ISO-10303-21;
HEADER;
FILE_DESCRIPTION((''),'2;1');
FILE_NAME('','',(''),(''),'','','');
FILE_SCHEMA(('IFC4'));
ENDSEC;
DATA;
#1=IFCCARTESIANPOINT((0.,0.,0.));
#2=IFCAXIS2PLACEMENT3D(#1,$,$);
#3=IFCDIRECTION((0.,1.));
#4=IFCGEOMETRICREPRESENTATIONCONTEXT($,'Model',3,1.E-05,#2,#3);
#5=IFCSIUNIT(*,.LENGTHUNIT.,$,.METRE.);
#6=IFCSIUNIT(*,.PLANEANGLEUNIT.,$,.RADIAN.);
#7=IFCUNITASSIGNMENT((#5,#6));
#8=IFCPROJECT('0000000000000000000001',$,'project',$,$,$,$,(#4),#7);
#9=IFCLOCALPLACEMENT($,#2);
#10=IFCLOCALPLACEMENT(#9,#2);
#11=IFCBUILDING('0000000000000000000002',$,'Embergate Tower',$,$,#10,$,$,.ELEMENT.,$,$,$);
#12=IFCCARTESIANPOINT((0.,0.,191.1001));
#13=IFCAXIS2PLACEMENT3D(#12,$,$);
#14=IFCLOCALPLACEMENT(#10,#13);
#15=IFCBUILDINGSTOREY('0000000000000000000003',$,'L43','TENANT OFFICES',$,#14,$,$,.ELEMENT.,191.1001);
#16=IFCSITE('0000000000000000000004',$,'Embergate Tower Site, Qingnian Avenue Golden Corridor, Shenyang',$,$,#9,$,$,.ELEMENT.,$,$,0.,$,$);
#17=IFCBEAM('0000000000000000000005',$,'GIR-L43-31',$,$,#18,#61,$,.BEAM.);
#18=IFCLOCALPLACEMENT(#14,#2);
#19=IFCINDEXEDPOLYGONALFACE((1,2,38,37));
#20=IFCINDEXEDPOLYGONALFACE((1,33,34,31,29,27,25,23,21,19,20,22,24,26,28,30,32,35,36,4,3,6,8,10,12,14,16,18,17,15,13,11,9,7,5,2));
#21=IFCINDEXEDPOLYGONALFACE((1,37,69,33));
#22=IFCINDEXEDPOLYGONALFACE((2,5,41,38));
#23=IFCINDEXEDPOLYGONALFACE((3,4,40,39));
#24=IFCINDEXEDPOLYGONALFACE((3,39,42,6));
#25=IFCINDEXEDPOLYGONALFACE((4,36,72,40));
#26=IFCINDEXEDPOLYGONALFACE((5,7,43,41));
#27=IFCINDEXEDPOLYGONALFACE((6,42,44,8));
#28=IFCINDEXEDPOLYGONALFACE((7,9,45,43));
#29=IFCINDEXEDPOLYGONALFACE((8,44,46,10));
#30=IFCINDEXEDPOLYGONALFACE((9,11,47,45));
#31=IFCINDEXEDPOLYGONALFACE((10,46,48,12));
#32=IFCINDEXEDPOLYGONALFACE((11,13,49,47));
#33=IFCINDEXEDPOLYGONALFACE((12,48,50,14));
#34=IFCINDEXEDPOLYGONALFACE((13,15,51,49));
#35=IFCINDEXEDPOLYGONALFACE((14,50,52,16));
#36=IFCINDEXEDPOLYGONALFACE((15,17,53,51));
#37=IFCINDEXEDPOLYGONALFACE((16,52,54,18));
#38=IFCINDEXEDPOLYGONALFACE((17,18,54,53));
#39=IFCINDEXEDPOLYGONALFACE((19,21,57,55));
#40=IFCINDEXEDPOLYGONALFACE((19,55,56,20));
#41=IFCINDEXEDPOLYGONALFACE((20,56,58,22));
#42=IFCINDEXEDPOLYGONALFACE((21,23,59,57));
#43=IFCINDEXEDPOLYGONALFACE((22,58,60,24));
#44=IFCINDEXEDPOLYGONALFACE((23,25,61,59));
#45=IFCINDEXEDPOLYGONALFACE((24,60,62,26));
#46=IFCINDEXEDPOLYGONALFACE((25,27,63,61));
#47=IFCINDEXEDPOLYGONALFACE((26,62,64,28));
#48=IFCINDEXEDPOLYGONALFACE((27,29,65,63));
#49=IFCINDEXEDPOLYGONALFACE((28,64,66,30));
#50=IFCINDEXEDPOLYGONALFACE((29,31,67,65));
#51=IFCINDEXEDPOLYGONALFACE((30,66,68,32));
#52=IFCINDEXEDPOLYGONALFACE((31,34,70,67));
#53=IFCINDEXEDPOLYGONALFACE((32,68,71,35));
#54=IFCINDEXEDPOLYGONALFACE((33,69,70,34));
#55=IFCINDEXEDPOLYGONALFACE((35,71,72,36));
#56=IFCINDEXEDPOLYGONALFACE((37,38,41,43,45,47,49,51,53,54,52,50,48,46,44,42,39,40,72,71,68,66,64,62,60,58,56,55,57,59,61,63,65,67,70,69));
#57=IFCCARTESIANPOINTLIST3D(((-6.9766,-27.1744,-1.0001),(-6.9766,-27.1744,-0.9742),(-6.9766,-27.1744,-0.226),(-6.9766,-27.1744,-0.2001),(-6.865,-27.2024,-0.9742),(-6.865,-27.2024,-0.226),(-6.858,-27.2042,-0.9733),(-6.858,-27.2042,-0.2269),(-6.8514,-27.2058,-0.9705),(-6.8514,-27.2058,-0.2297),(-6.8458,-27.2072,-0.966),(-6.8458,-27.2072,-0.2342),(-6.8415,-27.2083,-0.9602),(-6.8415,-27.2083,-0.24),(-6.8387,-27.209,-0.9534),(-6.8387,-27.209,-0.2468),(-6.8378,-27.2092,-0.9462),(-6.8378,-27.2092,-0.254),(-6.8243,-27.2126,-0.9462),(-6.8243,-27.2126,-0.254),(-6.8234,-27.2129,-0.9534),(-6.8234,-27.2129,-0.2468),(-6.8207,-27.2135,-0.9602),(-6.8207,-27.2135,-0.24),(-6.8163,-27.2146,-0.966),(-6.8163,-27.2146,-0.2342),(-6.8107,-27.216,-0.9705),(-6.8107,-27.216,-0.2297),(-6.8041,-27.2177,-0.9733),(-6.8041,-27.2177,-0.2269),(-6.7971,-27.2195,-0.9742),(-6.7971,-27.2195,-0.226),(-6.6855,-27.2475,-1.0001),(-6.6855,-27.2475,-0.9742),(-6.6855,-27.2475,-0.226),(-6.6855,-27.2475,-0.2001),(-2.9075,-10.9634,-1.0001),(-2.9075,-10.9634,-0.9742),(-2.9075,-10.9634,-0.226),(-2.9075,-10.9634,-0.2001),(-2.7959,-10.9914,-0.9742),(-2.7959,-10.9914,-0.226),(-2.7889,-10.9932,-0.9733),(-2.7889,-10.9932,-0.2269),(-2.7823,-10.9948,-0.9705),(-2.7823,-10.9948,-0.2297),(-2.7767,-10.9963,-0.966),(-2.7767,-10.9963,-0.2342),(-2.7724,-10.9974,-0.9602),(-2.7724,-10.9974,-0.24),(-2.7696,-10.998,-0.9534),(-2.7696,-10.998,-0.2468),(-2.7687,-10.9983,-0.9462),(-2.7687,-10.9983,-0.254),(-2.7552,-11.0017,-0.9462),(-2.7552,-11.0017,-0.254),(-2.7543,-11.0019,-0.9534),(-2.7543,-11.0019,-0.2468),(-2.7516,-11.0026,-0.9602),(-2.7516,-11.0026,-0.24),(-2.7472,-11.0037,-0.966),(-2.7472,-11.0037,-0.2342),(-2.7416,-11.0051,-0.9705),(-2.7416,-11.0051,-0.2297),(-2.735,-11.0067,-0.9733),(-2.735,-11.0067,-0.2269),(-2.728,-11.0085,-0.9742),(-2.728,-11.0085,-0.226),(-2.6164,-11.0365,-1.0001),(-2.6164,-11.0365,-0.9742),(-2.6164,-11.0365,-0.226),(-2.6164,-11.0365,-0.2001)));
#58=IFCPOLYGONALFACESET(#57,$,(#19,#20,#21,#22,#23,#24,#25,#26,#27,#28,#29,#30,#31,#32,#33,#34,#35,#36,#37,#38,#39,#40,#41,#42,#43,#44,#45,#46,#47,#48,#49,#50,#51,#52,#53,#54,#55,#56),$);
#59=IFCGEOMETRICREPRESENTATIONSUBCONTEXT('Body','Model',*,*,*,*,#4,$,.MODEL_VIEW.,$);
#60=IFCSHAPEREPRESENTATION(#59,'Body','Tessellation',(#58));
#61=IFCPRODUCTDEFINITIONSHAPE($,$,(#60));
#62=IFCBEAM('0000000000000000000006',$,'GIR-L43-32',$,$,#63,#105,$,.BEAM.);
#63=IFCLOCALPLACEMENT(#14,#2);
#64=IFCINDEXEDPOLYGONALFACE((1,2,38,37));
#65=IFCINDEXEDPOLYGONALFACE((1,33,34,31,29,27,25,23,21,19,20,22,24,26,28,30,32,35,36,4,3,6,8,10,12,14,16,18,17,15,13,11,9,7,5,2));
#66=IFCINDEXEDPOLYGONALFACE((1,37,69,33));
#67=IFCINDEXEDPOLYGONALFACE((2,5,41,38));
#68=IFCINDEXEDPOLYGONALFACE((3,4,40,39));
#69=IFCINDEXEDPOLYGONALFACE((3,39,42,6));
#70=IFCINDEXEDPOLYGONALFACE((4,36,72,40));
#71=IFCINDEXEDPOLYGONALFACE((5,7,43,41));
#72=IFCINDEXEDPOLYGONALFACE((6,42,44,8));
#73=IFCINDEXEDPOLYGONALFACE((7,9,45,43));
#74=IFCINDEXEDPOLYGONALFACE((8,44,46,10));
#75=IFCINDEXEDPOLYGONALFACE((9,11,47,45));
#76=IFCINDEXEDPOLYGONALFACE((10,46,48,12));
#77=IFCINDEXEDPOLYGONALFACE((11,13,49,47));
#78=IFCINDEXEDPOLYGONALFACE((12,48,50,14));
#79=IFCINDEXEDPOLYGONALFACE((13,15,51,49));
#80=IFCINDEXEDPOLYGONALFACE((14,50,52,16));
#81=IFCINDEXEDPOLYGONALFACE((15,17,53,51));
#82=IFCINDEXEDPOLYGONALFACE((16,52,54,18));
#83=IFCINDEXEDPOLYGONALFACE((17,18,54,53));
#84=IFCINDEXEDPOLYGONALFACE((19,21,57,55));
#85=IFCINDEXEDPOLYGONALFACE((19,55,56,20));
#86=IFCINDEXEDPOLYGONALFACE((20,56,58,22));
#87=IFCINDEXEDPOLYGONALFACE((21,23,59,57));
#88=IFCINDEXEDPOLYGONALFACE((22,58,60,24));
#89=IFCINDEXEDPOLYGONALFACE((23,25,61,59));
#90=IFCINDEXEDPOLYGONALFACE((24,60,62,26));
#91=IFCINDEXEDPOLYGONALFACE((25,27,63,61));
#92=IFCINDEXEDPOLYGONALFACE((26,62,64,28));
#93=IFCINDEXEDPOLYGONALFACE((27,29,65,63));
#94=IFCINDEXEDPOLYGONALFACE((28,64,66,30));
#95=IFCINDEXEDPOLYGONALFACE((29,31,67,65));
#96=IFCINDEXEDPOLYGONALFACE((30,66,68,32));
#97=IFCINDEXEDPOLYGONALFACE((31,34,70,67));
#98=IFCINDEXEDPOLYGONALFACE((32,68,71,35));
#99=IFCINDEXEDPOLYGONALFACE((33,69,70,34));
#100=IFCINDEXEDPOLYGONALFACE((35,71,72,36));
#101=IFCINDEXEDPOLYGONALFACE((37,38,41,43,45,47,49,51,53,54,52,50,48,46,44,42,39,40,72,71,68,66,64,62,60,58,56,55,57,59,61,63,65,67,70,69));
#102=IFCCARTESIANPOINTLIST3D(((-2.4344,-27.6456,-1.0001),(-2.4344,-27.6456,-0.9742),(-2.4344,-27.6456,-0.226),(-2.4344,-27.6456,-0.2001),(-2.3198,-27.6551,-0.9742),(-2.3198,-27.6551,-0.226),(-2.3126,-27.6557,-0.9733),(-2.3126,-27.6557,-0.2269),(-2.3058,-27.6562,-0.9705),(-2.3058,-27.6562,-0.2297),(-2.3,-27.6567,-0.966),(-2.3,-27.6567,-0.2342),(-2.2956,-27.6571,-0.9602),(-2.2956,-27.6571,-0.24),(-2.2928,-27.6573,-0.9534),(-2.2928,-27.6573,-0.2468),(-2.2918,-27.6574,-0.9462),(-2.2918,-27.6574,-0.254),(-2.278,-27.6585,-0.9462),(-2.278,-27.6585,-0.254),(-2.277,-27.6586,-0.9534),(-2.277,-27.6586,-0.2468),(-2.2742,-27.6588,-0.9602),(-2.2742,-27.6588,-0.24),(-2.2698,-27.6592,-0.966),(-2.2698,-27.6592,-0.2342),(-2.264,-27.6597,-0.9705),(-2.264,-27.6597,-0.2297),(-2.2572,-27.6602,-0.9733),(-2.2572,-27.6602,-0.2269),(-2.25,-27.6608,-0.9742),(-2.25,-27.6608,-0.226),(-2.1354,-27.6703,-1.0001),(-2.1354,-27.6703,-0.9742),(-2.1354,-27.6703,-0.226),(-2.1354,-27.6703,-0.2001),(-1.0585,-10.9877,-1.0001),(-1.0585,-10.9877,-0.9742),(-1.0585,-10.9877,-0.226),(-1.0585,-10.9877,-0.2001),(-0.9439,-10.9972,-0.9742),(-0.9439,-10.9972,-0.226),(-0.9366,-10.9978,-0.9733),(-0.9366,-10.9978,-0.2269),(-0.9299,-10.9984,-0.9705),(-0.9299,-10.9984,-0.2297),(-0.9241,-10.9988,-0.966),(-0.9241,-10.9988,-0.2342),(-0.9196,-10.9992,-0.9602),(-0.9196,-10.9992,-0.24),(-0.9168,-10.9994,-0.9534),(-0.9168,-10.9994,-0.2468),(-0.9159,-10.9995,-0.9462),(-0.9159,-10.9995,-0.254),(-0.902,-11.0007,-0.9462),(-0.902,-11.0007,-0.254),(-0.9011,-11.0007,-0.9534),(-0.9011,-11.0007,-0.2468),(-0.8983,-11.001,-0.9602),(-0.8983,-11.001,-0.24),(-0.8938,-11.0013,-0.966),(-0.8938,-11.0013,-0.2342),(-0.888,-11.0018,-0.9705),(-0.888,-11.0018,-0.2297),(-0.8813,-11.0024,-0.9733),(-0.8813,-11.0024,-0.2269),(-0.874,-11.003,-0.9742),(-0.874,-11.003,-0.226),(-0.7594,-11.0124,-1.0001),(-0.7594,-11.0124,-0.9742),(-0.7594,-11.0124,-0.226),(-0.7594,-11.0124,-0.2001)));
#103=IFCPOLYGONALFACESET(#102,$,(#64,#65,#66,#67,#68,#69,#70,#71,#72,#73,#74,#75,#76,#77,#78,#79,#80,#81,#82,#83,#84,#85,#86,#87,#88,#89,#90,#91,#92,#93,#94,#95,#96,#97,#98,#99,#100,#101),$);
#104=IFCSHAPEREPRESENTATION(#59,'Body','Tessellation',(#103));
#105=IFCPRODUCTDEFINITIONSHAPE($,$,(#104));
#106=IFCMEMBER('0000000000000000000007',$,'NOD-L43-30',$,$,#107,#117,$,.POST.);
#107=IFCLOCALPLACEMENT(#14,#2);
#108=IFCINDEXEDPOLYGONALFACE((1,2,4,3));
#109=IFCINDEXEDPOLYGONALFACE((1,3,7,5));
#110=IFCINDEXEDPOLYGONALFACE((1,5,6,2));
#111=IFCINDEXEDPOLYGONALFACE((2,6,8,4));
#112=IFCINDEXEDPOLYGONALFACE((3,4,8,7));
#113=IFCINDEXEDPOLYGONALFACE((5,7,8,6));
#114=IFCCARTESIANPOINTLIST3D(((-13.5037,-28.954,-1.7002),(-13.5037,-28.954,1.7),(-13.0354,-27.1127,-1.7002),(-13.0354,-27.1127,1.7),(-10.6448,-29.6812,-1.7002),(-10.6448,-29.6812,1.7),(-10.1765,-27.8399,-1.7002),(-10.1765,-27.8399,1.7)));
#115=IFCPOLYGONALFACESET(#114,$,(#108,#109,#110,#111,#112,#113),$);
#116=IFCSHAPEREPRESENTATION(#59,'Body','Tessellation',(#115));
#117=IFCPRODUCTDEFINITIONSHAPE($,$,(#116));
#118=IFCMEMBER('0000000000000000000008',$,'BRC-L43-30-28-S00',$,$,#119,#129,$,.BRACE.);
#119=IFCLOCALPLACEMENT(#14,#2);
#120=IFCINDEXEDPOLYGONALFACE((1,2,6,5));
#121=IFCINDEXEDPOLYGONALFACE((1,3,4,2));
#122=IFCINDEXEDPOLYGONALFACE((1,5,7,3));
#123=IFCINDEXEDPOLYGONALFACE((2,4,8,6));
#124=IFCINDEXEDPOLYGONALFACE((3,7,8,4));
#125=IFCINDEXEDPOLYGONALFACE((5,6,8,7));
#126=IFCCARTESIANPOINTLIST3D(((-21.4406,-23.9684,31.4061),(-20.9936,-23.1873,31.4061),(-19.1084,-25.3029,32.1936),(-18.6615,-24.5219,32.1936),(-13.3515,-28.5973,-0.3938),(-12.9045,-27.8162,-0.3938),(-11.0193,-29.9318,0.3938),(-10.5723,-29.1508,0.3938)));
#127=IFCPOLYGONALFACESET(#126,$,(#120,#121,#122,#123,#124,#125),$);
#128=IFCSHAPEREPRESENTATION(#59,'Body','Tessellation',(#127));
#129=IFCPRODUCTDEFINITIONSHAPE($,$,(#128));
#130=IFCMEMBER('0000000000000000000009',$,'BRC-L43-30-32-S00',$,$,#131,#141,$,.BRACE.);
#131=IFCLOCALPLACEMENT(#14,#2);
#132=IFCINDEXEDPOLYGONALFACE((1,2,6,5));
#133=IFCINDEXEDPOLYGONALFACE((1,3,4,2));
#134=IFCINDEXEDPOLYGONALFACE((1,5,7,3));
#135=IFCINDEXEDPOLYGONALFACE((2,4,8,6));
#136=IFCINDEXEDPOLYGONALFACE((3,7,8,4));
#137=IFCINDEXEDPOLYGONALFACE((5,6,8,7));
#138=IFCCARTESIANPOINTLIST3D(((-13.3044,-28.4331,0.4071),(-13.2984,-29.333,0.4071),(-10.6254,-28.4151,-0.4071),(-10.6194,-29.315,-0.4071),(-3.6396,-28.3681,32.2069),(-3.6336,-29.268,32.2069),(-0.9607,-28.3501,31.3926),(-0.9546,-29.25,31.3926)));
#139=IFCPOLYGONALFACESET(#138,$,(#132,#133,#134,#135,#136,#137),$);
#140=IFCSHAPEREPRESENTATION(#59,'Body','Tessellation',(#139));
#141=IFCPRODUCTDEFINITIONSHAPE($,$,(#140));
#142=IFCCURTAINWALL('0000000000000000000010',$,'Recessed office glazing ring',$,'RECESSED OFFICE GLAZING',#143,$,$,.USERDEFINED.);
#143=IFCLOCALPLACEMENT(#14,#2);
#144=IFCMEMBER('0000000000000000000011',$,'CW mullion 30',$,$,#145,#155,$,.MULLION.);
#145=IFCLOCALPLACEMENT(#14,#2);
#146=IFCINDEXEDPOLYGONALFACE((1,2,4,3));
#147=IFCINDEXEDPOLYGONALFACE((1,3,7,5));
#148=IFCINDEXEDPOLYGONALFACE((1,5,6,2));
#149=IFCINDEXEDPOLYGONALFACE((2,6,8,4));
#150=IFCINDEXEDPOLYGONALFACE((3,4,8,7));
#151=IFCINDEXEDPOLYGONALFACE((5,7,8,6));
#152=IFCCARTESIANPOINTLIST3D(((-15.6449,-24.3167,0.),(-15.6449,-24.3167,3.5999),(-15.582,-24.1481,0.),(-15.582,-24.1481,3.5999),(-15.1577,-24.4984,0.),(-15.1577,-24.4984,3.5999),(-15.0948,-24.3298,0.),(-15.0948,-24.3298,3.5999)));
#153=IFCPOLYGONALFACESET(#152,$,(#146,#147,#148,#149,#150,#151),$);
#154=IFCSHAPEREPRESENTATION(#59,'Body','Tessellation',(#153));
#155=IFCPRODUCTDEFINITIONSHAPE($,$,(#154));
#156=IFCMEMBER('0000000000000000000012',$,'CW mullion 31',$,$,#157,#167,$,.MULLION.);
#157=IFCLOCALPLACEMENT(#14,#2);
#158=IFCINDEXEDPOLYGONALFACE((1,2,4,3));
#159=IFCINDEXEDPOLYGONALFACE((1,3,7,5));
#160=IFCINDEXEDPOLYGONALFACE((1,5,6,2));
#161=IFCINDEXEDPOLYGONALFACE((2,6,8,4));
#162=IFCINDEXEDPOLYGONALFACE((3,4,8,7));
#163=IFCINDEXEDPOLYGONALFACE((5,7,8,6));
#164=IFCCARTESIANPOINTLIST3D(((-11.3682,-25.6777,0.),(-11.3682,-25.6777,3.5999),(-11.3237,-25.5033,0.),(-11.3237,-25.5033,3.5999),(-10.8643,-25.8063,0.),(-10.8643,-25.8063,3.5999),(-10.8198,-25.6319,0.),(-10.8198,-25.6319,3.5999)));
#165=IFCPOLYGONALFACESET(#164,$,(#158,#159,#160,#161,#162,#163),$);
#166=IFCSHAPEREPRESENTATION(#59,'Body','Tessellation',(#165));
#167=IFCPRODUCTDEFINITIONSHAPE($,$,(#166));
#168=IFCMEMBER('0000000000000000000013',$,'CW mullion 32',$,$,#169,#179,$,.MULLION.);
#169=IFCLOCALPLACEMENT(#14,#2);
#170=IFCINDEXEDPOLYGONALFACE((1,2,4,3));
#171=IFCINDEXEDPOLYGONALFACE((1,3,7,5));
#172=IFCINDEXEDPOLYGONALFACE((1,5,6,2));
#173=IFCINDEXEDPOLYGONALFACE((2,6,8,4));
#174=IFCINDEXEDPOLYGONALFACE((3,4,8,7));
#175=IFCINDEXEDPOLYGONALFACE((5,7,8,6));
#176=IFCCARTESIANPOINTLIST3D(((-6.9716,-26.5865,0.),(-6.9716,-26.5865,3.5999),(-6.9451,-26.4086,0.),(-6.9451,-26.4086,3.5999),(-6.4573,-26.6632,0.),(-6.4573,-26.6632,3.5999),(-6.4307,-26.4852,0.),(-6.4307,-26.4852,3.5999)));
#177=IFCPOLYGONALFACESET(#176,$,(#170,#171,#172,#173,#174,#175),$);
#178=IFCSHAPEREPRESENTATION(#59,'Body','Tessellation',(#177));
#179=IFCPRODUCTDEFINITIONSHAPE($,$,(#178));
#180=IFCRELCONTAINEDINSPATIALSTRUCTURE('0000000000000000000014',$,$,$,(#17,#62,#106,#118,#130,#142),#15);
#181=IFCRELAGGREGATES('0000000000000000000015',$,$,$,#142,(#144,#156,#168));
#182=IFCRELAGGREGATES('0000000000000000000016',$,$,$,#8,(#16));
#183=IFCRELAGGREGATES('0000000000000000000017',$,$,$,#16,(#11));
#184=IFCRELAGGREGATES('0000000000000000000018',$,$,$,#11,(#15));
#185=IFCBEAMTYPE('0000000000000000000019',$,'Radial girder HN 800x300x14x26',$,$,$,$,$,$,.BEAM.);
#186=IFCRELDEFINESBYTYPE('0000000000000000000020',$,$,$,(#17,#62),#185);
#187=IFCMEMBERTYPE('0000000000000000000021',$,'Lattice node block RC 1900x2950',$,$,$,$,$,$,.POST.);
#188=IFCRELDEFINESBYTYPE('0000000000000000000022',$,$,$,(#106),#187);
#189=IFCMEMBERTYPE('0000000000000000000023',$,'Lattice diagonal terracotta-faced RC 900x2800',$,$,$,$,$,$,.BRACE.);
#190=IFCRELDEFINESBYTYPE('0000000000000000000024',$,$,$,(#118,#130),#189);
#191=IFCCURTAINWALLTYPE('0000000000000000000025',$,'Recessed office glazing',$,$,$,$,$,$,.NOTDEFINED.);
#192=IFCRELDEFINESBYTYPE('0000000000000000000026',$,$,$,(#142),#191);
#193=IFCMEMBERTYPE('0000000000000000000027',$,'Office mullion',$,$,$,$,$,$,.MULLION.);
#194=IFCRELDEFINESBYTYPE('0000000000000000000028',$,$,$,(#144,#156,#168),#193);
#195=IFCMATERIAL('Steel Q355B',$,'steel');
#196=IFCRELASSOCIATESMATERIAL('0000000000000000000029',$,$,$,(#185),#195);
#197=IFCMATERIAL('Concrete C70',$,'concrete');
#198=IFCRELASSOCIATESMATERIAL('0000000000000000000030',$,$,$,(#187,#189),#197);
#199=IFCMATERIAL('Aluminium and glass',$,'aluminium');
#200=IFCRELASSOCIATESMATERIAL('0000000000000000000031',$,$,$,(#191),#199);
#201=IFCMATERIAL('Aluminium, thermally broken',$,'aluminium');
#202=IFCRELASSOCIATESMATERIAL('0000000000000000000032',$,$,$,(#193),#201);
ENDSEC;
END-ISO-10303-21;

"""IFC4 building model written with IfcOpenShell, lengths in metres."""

from ifc_helpers import new_model, si_unit, direction, frame, origin, origin_2d, place, context, subcontext, project, spatial, rectangle, i_section, extrude, source, transform, mapped, material, material_profile, profile_set, type_object, element, aggregate, save


model = new_model("IFC4")

# Units and contexts
model_context = context("Model", 3, precision=1e-05, world=origin(), true_north=direction((0.0, 1.0)))
body_context = subcontext(model_context, "Body", "Model", "MODEL_VIEW")
ifc_project = project(units=[si_unit("LENGTHUNIT", "METRE"), si_unit("PLANEANGLEUNIT", "RADIAN")], contexts=[model_context])

# Site, building, storey
site_placement = place(None, origin())
site = spatial("IfcSite", under=ifc_project, at=site_placement, Name="Embergate Tower Site, Qingnian Avenue Golden Corridor, Shenyang", CompositionType="ELEMENT", RefElevation=0.0)
building_placement = place(site_placement, origin())
building = spatial("IfcBuilding", under=site, at=building_placement, Name="Embergate Tower", CompositionType="ELEMENT")
storey_placement = place(building_placement, frame((0.0, 0.0, 191.1001)))
storey = spatial("IfcBuildingStorey", under=building, at=storey_placement, Name="L43", Description="TENANT OFFICES", CompositionType="ELEMENT", Elevation=191.1001)

# Shared definitions
ifc_material_1 = material(Name="Concrete C70", Category="concrete")

# Beams
ifc_material_2 = material(Name="Steel Q355B", Category="steel")
ifc_material_profile_1 = material_profile(ifc_material_2, i_section(OverallWidth=0.3, OverallDepth=0.8, WebThickness=0.0139, FlangeThickness=0.0259, FilletRadius=0.0281, at=origin_2d()), Name="HN 800x300x14x26")
ifc_profile_set_1 = profile_set([ifc_material_profile_1], Name="Steel Q355 grade B")
beam_type_1 = type_object("IfcBeamType", Name="Radial girder HN 800x300x14x26", PredefinedType="BEAM", material=ifc_profile_set_1)
shared_shape_1 = source(origin(), body_context, "Body", "SweptSolid", [
    extrude(i_section(OverallWidth=0.3, OverallDepth=0.8, WebThickness=0.0139, FlangeThickness=0.0259, FilletRadius=0.0281, at=origin_2d()), origin(), (0.0, 0.0, 1.0), 16.7139),
])
beam_1_placement = place(storey_placement, frame((-6.8311, -27.2109, -0.6001), z_axis=(0.243457, 0.969912, 0.0), x_axis=(-0.969912, 0.243457, 0.0)))
element("IfcBeam", 1, at=beam_1_placement, inside=storey, type_object=beam_type_1, Name="GIR-L43-31", PredefinedType="BEAM", context=body_context, shape_type="MappedRepresentation", body=[
    mapped(shared_shape_1, transform((0.0, 0.0, 0.0))),
])
shared_shape_2 = source(origin(), body_context, "Body", "SweptSolid", [
    extrude(i_section(OverallWidth=0.3, OverallDepth=0.8, WebThickness=0.0139, FlangeThickness=0.0259, FilletRadius=0.0281, at=origin_2d()), origin(), (0.0, 0.0, 1.0), 16.7146),
])
beam_2_placement = place(storey_placement, frame((-2.2849, -27.658, -0.6001), z_axis=(0.082321, 0.996606, 0.0), x_axis=(-0.996606, 0.082321, 0.0)))
element("IfcBeam", 2, at=beam_2_placement, inside=storey, type_object=beam_type_1, Name="GIR-L43-32", PredefinedType="BEAM", context=body_context, shape_type="MappedRepresentation", body=[
    mapped(shared_shape_2, transform((0.0, 0.0, 0.0))),
])

# Members
ifc_material_profile_2 = material_profile(ifc_material_1, rectangle(XDim=1.8999, YDim=2.95, at=origin_2d()), Name="RC 1900x2950")
ifc_profile_set_2 = profile_set([ifc_material_profile_2], Name="Concrete C70")
member_type_1 = type_object("IfcMemberType", Name="Lattice node block RC 1900x2950", PredefinedType="POST", material=ifc_profile_set_2)
shared_shape_3 = source(origin(), body_context, "Body", "SweptSolid", [
    extrude(rectangle(XDim=1.8999, YDim=2.95, at=origin_2d()), origin(), (0.0, 0.0, 1.0), 3.4001),
])
member_1_placement = place(storey_placement, frame((-11.8401, -28.397, -1.7002), z_axis=(0.0, 0.0, 1.0), x_axis=(-0.246509, -0.969141, 0.0)))
element("IfcMember", 3, at=member_1_placement, inside=storey, type_object=member_type_1, Name="NOD-L43-30", PredefinedType="POST", context=body_context, shape_type="MappedRepresentation", body=[
    mapped(shared_shape_3, transform((0.0, 0.0, 0.0))),
])
ifc_material_profile_3 = material_profile(ifc_material_1, rectangle(XDim=0.8999, YDim=2.8, at=origin_2d()), Name="RC 900x2800")
ifc_profile_set_3 = profile_set([ifc_material_profile_3], Name="Concrete C70")
member_type_2 = type_object("IfcMemberType", Name="Lattice diagonal terracotta-faced RC 900x2800", PredefinedType="BRACE", material=ifc_profile_set_3)
shared_shape_4 = source(origin(), body_context, "Body", "SweptSolid", [
    extrude(rectangle(XDim=0.8999, YDim=2.8, at=origin_2d()), origin(), (0.0, 0.0, 1.0), 33.1375),
])
member_2_placement = place(storey_placement, frame((-11.9619, -28.874, 0.0), z_axis=(-0.244108, 0.139688, 0.959635), x_axis=(-0.496669, -0.86794, 0.0)))
element("IfcMember", 4, at=member_2_placement, inside=storey, type_object=member_type_2, Name="BRC-L43-30-28-S00", PredefinedType="BRACE", context=body_context, shape_type="MappedRepresentation", body=[
    mapped(shared_shape_4, transform((0.0, 0.0, 0.0))),
])
shared_shape_5 = source(origin(), body_context, "Body", "SweptSolid", [
    extrude(rectangle(XDim=0.8999, YDim=2.8, at=origin_2d()), origin(), (0.0, 0.0, 1.0), 33.2361),
])
member_3_placement = place(storey_placement, frame((-11.9619, -28.874, 0.0), z_axis=(0.290792, 0.001954, 0.956784), x_axis=(-0.006719, 0.999977, 0.0)))
element("IfcMember", 5, at=member_3_placement, inside=storey, type_object=member_type_2, Name="BRC-L43-30-32-S00", PredefinedType="BRACE", context=body_context, shape_type="MappedRepresentation", body=[
    mapped(shared_shape_5, transform((0.0, 0.0, 0.0))),
])

# Curtain wall, members
ifc_material_3 = material(Name="Aluminium and glass", Category="aluminium")
curtain_wall_type = type_object("IfcCurtainWallType", Name="Recessed office glazing", PredefinedType="NOTDEFINED", material=ifc_material_3)
curtain_wall_placement = place(storey_placement, origin())
curtain_wall = element("IfcCurtainWall", 6, at=curtain_wall_placement, inside=storey, type_object=curtain_wall_type, Name="Recessed office glazing ring", ObjectType="RECESSED OFFICE GLAZING", PredefinedType="USERDEFINED")
ifc_material_4 = material(Name="Aluminium, thermally broken", Category="aluminium")
ifc_material_profile_4 = material_profile(ifc_material_4, rectangle(XDim=0.1799, YDim=0.52, at=origin_2d()), Name="AL 520x180")
ifc_profile_set_4 = profile_set([ifc_material_profile_4], Name="Aluminium, thermally broken")
member_type_3 = type_object("IfcMemberType", Name="Office mullion", PredefinedType="MULLION", material=ifc_profile_set_4)
shared_shape_6 = source(origin(), body_context, "Body", "SweptSolid", [
    extrude(rectangle(XDim=0.1799, YDim=0.52, at=origin_2d()), origin(), (0.0, 0.0, 1.0), 3.5999),
])
member_4_placement = place(storey_placement, frame((-15.3699, -24.3232, 0.0), z_axis=(0.0, 0.0, 1.0), x_axis=(0.349499, 0.936937, 0.0)))
member_4 = element("IfcMember", 7, at=member_4_placement, type_object=member_type_3, Name="CW mullion 30", PredefinedType="MULLION", context=body_context, shape_type="MappedRepresentation", body=[
    mapped(shared_shape_6, transform((0.0, 0.0, 0.0))),
])
member_5_placement = place(storey_placement, frame((-11.094, -25.6548, 0.0), z_axis=(0.0, 0.0, 1.0), x_axis=(0.24731, 0.968936, 0.0)))
member_5 = element("IfcMember", 8, at=member_5_placement, type_object=member_type_3, Name="CW mullion 31", PredefinedType="MULLION", context=body_context, shape_type="MappedRepresentation", body=[
    mapped(shared_shape_6, transform((0.0, 0.0, 0.0))),
])
member_6_placement = place(storey_placement, frame((-6.7012, -26.5359, 0.0), z_axis=(0.0, 0.0, 1.0), x_axis=(0.147411, 0.989075, 0.0)))
member_6 = element("IfcMember", 9, at=member_6_placement, type_object=member_type_3, Name="CW mullion 32", PredefinedType="MULLION", context=body_context, shape_type="MappedRepresentation", body=[
    mapped(shared_shape_6, transform((0.0, 0.0, 0.0))),
])

aggregate(curtain_wall, [member_4, member_5, member_6])

save(model, "model.ifc")
